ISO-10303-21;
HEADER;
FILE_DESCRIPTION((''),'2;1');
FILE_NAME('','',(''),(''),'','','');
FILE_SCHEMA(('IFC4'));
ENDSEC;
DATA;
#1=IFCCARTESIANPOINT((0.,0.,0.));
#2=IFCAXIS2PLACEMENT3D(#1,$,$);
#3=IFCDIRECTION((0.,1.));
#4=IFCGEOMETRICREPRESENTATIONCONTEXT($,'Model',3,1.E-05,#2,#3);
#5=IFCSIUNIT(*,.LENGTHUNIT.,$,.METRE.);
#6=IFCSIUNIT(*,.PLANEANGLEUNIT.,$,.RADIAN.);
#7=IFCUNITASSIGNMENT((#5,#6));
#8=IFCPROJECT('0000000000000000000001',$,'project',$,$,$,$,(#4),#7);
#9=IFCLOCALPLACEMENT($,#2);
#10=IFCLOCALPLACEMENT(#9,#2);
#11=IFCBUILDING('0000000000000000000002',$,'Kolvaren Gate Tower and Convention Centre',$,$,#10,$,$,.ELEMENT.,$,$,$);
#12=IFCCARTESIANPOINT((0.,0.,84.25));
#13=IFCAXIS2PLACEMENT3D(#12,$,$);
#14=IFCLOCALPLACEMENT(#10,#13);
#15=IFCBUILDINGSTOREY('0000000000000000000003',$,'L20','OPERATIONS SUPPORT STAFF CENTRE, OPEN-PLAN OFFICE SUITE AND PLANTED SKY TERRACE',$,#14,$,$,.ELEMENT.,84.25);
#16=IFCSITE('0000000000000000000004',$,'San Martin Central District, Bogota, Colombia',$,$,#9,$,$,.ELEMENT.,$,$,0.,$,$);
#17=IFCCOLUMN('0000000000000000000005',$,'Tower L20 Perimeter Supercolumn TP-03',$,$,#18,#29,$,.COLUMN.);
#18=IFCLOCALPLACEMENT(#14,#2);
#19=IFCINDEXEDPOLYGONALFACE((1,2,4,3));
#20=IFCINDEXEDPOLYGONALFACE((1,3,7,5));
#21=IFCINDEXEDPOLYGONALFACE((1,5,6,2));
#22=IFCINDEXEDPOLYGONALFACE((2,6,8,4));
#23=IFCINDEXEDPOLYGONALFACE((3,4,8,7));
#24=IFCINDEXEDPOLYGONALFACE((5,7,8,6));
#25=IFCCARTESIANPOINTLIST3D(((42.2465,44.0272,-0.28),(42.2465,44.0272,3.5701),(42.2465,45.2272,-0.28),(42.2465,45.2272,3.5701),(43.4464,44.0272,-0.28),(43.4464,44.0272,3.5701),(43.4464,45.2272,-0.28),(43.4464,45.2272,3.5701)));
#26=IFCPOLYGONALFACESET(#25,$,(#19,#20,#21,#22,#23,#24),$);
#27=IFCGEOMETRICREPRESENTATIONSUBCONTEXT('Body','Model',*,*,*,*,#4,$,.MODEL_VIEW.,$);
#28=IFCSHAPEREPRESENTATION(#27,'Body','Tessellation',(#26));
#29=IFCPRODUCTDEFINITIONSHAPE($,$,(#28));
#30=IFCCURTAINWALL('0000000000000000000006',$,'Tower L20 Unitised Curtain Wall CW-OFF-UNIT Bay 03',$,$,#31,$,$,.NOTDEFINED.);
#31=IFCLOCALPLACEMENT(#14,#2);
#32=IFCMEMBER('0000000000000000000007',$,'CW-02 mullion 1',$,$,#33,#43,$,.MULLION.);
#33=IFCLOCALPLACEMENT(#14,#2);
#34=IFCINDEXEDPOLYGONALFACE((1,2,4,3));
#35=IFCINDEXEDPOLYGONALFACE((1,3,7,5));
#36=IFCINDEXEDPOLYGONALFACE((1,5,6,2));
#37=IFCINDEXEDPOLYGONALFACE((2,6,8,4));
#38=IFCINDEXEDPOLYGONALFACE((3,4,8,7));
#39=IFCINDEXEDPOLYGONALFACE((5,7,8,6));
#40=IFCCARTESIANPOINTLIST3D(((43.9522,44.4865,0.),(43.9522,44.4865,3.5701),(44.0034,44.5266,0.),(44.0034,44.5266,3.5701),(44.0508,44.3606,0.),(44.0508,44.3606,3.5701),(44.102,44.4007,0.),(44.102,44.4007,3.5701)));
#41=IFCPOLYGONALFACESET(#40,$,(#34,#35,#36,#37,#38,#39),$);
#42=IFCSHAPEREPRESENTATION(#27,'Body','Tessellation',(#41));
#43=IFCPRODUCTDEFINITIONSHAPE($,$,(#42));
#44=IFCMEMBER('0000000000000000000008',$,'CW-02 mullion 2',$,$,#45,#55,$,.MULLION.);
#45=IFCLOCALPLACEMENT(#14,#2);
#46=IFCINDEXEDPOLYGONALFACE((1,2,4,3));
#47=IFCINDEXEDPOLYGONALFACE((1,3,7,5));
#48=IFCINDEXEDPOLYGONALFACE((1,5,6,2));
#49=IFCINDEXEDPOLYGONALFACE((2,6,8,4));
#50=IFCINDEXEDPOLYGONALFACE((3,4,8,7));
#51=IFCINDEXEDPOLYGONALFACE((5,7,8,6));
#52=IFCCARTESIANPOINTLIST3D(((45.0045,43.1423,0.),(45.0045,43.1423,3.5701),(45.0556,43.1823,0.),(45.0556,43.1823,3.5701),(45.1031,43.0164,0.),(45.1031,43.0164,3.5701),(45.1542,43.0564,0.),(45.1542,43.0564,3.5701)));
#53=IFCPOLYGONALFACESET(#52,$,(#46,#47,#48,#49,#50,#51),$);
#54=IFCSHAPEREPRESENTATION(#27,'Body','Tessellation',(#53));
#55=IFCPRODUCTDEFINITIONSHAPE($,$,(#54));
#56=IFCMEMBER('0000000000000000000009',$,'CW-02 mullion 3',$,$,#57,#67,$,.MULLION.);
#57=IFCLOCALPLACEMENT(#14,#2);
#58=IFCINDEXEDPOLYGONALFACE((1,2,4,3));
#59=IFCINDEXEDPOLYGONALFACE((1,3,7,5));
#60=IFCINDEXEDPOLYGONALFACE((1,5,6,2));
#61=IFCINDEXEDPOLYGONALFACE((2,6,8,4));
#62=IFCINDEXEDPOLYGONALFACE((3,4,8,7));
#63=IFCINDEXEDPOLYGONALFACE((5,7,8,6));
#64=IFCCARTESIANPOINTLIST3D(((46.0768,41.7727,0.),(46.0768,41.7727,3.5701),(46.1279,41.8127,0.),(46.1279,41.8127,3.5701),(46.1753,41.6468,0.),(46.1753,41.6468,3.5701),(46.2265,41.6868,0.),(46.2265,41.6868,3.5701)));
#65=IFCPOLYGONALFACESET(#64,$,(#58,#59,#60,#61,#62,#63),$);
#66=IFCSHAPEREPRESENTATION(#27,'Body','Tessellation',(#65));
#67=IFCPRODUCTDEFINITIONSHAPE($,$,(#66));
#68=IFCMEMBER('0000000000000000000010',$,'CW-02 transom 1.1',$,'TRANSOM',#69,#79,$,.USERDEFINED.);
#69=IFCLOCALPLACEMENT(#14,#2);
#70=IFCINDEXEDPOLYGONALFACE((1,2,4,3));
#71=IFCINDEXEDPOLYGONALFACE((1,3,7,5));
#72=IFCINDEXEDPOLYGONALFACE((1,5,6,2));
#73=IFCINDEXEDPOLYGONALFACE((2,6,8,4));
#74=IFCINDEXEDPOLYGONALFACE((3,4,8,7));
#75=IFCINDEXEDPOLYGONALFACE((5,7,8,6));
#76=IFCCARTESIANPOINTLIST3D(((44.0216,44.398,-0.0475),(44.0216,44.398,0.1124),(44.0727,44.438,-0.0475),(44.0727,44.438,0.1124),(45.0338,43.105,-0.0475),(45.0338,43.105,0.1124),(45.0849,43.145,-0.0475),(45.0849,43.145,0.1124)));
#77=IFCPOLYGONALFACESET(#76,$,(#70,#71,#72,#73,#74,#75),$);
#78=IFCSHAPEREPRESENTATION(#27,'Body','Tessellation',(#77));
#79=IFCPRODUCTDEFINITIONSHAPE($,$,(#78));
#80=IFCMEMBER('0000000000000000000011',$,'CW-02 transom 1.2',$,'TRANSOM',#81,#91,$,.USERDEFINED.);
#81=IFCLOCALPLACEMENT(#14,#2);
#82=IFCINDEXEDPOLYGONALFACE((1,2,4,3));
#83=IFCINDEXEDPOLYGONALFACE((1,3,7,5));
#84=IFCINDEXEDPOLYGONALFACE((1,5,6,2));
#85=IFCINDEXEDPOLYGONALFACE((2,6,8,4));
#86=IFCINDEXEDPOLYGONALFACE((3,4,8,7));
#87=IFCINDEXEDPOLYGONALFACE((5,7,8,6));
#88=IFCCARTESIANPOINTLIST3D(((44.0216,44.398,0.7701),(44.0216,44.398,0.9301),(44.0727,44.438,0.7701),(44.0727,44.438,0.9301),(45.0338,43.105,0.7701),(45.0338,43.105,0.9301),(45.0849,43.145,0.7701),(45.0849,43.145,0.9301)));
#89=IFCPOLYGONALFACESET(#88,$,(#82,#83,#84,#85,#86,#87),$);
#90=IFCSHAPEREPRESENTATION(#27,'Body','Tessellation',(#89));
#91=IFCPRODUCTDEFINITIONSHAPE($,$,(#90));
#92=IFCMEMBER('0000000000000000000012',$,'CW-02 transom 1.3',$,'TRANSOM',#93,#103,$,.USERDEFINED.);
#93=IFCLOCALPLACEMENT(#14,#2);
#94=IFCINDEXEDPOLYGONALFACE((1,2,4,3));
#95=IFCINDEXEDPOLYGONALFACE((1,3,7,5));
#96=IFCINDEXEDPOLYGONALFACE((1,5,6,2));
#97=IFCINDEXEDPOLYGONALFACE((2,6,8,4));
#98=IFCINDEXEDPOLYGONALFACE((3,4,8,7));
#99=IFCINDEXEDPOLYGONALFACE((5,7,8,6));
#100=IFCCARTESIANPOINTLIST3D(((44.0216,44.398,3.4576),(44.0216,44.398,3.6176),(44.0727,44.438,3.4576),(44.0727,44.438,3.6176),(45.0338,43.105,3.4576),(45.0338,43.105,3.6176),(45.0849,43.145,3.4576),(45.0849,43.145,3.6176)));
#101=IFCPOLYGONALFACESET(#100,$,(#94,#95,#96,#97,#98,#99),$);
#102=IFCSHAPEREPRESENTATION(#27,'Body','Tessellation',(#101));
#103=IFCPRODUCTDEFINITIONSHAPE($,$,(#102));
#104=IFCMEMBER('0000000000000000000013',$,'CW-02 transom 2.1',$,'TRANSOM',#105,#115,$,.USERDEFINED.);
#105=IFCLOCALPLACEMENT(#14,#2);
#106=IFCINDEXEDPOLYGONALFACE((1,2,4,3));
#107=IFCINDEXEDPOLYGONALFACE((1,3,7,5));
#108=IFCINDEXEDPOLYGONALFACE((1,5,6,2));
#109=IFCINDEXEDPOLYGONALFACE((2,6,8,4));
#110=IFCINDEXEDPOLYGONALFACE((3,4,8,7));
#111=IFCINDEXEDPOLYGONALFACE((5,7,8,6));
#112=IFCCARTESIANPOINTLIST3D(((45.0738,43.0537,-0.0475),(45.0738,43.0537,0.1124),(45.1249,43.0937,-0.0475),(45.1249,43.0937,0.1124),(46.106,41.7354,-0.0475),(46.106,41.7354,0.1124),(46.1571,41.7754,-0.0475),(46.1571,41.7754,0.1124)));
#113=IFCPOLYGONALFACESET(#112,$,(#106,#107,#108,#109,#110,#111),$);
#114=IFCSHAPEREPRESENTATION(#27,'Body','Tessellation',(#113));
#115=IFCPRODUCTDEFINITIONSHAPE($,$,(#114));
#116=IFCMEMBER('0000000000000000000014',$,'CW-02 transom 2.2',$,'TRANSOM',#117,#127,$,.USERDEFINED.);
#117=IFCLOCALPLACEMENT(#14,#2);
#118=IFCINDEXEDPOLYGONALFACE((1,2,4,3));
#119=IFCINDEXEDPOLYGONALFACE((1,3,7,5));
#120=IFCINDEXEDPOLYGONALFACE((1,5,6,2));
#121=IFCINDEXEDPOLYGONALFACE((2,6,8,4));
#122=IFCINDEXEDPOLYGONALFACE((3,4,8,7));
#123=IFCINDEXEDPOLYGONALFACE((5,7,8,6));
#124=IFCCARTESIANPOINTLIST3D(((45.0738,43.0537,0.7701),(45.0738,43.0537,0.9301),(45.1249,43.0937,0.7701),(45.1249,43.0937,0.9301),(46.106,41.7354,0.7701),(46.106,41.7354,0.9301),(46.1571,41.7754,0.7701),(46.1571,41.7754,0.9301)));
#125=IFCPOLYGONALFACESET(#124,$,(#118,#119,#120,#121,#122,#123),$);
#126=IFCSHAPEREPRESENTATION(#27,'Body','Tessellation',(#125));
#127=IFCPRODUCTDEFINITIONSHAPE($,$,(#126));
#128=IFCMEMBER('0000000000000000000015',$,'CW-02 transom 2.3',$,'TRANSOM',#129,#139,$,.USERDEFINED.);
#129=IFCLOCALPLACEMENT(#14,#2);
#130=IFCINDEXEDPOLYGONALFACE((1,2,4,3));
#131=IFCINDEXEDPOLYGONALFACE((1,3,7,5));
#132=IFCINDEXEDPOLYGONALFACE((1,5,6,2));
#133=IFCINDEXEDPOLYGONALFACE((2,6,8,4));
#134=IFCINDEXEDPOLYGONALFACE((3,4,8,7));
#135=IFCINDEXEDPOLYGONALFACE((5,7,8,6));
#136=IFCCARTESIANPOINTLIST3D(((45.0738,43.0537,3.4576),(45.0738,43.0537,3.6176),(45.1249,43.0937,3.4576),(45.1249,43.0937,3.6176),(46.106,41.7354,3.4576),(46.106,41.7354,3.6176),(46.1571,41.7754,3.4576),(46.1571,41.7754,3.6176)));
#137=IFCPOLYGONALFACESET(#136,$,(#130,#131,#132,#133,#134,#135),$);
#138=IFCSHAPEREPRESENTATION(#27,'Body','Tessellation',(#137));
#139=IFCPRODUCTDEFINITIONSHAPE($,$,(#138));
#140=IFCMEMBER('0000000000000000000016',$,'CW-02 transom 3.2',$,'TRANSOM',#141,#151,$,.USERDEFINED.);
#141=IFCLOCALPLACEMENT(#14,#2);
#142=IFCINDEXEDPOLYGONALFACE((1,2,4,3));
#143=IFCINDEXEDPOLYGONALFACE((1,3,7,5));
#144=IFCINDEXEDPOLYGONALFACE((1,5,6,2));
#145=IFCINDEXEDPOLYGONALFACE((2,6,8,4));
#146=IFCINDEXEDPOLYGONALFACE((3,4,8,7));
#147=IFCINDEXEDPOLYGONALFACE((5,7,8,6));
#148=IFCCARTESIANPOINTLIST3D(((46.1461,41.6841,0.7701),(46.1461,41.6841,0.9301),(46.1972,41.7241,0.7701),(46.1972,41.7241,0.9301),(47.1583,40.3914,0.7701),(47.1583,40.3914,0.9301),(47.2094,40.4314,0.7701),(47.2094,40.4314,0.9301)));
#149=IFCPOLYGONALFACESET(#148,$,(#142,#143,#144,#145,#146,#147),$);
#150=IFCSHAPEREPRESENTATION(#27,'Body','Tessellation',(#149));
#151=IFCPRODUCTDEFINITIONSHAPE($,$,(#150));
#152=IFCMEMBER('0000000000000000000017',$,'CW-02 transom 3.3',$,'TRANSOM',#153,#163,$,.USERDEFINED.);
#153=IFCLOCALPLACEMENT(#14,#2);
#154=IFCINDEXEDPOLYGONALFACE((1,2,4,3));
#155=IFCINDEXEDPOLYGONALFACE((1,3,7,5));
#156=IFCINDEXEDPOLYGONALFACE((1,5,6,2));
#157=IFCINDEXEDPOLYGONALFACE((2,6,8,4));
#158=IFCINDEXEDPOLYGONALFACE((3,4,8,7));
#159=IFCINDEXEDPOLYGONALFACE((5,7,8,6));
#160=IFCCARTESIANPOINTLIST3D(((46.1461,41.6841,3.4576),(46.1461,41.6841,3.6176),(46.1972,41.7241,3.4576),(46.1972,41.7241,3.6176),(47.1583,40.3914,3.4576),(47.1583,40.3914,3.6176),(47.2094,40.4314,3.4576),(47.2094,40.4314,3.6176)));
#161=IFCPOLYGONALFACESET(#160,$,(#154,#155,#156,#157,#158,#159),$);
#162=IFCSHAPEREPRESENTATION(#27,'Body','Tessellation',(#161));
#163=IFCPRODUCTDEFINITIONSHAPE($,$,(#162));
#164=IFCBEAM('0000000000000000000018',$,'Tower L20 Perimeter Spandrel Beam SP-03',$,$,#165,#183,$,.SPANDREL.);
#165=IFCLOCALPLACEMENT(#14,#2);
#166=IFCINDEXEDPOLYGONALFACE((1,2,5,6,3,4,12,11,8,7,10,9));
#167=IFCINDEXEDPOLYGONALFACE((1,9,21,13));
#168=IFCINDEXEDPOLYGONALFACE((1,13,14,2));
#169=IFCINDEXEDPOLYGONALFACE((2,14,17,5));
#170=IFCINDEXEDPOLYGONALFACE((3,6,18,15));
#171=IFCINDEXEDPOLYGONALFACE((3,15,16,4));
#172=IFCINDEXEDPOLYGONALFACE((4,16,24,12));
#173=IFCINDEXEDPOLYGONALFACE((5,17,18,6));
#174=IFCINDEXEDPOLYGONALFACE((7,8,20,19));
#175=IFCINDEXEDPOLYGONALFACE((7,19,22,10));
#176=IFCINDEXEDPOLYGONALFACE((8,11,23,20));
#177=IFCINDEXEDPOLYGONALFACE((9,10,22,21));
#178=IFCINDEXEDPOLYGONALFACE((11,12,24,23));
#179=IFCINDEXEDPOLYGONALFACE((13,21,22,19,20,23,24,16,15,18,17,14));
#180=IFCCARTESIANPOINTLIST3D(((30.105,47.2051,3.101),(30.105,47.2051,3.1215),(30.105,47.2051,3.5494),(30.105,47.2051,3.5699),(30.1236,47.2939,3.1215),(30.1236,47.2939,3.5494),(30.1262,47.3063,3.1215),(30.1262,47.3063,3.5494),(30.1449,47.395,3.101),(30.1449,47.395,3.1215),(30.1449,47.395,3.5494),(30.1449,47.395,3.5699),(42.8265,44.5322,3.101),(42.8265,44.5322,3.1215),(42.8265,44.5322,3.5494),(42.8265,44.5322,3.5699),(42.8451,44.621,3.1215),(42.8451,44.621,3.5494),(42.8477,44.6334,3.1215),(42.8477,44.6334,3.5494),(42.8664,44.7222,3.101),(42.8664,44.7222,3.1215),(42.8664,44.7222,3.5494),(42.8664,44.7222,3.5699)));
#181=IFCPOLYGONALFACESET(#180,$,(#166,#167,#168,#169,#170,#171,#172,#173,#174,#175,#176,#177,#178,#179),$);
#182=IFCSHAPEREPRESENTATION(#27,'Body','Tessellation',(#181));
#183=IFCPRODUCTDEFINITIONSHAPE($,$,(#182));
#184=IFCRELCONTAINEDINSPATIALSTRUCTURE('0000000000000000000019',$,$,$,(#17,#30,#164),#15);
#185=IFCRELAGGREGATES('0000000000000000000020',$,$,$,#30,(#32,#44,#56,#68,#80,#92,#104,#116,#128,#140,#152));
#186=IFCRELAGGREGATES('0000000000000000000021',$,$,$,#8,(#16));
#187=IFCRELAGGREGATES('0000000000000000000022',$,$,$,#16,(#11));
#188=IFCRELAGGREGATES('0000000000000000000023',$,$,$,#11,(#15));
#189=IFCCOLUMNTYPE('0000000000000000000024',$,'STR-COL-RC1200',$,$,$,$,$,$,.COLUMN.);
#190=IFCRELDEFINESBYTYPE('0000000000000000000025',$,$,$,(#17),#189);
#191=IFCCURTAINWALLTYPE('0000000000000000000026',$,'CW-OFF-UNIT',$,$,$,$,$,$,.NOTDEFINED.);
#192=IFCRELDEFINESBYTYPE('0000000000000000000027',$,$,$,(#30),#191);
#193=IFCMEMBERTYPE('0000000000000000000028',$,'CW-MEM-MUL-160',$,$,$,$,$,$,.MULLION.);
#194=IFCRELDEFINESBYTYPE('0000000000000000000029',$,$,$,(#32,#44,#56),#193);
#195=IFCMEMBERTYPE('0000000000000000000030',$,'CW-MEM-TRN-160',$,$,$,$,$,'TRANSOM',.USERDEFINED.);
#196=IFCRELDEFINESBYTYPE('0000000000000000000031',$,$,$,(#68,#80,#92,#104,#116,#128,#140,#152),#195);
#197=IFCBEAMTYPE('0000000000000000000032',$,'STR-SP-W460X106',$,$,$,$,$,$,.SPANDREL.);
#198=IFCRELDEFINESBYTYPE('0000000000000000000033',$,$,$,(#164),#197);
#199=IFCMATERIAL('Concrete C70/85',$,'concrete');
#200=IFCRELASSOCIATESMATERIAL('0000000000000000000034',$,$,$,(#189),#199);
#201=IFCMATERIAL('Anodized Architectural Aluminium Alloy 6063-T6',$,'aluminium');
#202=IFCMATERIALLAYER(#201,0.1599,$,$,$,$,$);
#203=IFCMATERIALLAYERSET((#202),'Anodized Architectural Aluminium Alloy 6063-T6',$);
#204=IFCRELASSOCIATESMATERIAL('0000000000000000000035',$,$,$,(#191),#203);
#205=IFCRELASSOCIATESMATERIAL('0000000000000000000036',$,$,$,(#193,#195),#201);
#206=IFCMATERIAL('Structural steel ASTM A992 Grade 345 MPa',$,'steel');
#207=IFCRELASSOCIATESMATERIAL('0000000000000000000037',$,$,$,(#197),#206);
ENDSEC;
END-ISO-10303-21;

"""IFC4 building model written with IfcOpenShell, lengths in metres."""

from ifc_helpers import new_model, si_unit, direction, frame, origin, origin_2d, place, context, subcontext, project, spatial, rectangle, i_section, extrude, material, layer, layer_set, material_profile, profile_set, type_object, element, aggregate, save


model = new_model("IFC4")

# Units and contexts
model_context = context("Model", 3, precision=1e-05, world=origin(), true_north=direction((0.0, 1.0)))
body_context = subcontext(model_context, "Body", "Model", "MODEL_VIEW")
ifc_project = project(units=[si_unit("LENGTHUNIT", "METRE"), si_unit("PLANEANGLEUNIT", "RADIAN")], contexts=[model_context])

# Site, building, storey
site_placement = place(None, origin())
site = spatial("IfcSite", under=ifc_project, at=site_placement, Name="San Martin Central District, Bogota, Colombia", CompositionType="ELEMENT", RefElevation=0.0)
building_placement = place(site_placement, origin())
building = spatial("IfcBuilding", under=site, at=building_placement, Name="Kolvaren Gate Tower and Convention Centre", CompositionType="ELEMENT")
storey_placement = place(building_placement, frame((0.0, 0.0, 84.25)))
storey = spatial("IfcBuildingStorey", under=building, at=storey_placement, Name="L20", Description="OPERATIONS SUPPORT STAFF CENTRE, OPEN-PLAN OFFICE SUITE AND PLANTED SKY TERRACE", CompositionType="ELEMENT", Elevation=84.25)

# Column
ifc_material_1 = material(Name="Concrete C70/85", Category="concrete")
ifc_material_profile_1 = material_profile(ifc_material_1, rectangle(XDim=1.2, YDim=1.2, at=origin_2d()), Name="RC-COL-1200X1200")
ifc_profile_set_1 = profile_set([ifc_material_profile_1], Name="Concrete C70/85")
column_type = type_object("IfcColumnType", Name="STR-COL-RC1200", PredefinedType="COLUMN", material=ifc_profile_set_1)
column_placement = place(storey_placement, frame((42.8464, 44.6272, -0.28), z_axis=(0.0, 0.0, 1.0), x_axis=(1.0, 0.0, 0.0)))
element("IfcColumn", 1, at=column_placement, inside=storey, type_object=column_type, Name="Tower L20 Perimeter Supercolumn TP-03", PredefinedType="COLUMN", context=body_context, shape_type="SweptSolid", body=[
    extrude(rectangle(XDim=1.2, YDim=1.2, at=origin_2d()), origin(), (0.0, 0.0, 1.0), 3.8501),
])

# Curtain wall, members
ifc_material_2 = material(Name="Anodized Architectural Aluminium Alloy 6063-T6", Category="aluminium")
ifc_layer_1 = layer(ifc_material_2, 0.1599)
ifc_layer_set_1 = layer_set([ifc_layer_1], Name="Anodized Architectural Aluminium Alloy 6063-T6")
curtain_wall_type = type_object("IfcCurtainWallType", Name="CW-OFF-UNIT", PredefinedType="NOTDEFINED", material=ifc_layer_set_1)
curtain_wall_placement = place(storey_placement, origin())
curtain_wall = element("IfcCurtainWall", 2, at=curtain_wall_placement, inside=storey, type_object=curtain_wall_type, Name="Tower L20 Unitised Curtain Wall CW-OFF-UNIT Bay 03", PredefinedType="NOTDEFINED")
ifc_material_profile_2 = material_profile(ifc_material_2, rectangle(XDim=0.0649, YDim=0.1599, at=origin_2d()), Name="CW-MEM-MUL-160")
ifc_profile_set_2 = profile_set([ifc_material_profile_2], Name="Anodized Architectural Aluminium Alloy 6063-T6")
member_type_1 = type_object("IfcMemberType", Name="CW-MEM-MUL-160", PredefinedType="MULLION", material=ifc_profile_set_2)
member_1_placement = place(storey_placement, frame((44.0271, 44.4436, 0.0), z_axis=(0.0, 0.0, 1.0), x_axis=(0.787406, 0.616434, 0.0)))
member_1 = element("IfcMember", 3, at=member_1_placement, type_object=member_type_1, Name="CW-02 mullion 1", PredefinedType="MULLION", context=body_context, shape_type="SweptSolid", body=[
    extrude(rectangle(XDim=0.0649, YDim=0.1599, at=origin_2d()), origin(), (0.0, 0.0, 1.0), 3.5701),
])
member_2_placement = place(storey_placement, frame((45.0793, 43.0994, 0.0), z_axis=(0.0, 0.0, 1.0), x_axis=(0.787406, 0.616434, 0.0)))
member_2 = element("IfcMember", 4, at=member_2_placement, type_object=member_type_1, Name="CW-02 mullion 2", PredefinedType="MULLION", context=body_context, shape_type="SweptSolid", body=[
    extrude(rectangle(XDim=0.0649, YDim=0.1599, at=origin_2d()), origin(), (0.0, 0.0, 1.0), 3.5701),
])
member_3_placement = place(storey_placement, frame((46.1516, 41.7297, 0.0), z_axis=(0.0, 0.0, 1.0), x_axis=(0.787406, 0.616434, 0.0)))
member_3 = element("IfcMember", 5, at=member_3_placement, type_object=member_type_1, Name="CW-02 mullion 3", PredefinedType="MULLION", context=body_context, shape_type="SweptSolid", body=[
    extrude(rectangle(XDim=0.0649, YDim=0.1599, at=origin_2d()), origin(), (0.0, 0.0, 1.0), 3.5701),
])
ifc_material_profile_3 = material_profile(ifc_material_2, rectangle(XDim=0.0649, YDim=0.1599, at=origin_2d()), Name="CW-MEM-TRN-160")
ifc_profile_set_3 = profile_set([ifc_material_profile_3], Name="Anodized Architectural Aluminium Alloy 6063-T6")
member_type_2 = type_object("IfcMemberType", Name="CW-MEM-TRN-160", ElementType="TRANSOM", PredefinedType="USERDEFINED", material=ifc_profile_set_3)
member_4_placement = place(storey_placement, frame((44.0471, 44.418, 0.0325), z_axis=(0.616429, -0.787411, 0.0), x_axis=(0.787411, 0.616429, 0.0)))
member_4 = element("IfcMember", 6, at=member_4_placement, type_object=member_type_2, Name="CW-02 transom 1.1", ObjectType="TRANSOM", PredefinedType="USERDEFINED", context=body_context, shape_type="SweptSolid", body=[
    extrude(rectangle(XDim=0.0649, YDim=0.1599, at=origin_2d()), origin(), (0.0, 0.0, 1.0), 1.6421),
])
member_5_placement = place(storey_placement, frame((44.0471, 44.418, 0.8501), z_axis=(0.616429, -0.787411, 0.0), x_axis=(0.787411, 0.616429, 0.0)))
member_5 = element("IfcMember", 7, at=member_5_placement, type_object=member_type_2, Name="CW-02 transom 1.2", ObjectType="TRANSOM", PredefinedType="USERDEFINED", context=body_context, shape_type="SweptSolid", body=[
    extrude(rectangle(XDim=0.0649, YDim=0.1599, at=origin_2d()), origin(), (0.0, 0.0, 1.0), 1.6421),
])
member_6_placement = place(storey_placement, frame((44.0471, 44.418, 3.5376), z_axis=(0.616429, -0.787411, 0.0), x_axis=(0.787411, 0.616429, 0.0)))
member_6 = element("IfcMember", 8, at=member_6_placement, type_object=member_type_2, Name="CW-02 transom 1.3", ObjectType="TRANSOM", PredefinedType="USERDEFINED", context=body_context, shape_type="SweptSolid", body=[
    extrude(rectangle(XDim=0.0649, YDim=0.1599, at=origin_2d()), origin(), (0.0, 0.0, 1.0), 1.6421),
])
member_7_placement = place(storey_placement, frame((45.0994, 43.0737, 0.0325), z_axis=(0.616481, -0.78737, 0.0), x_axis=(0.78737, 0.616481, 0.0)))
member_7 = element("IfcMember", 9, at=member_7_placement, type_object=member_type_2, Name="CW-02 transom 2.1", ObjectType="TRANSOM", PredefinedType="USERDEFINED", context=body_context, shape_type="SweptSolid", body=[
    extrude(rectangle(XDim=0.0649, YDim=0.1599, at=origin_2d()), origin(), (0.0, 0.0, 1.0), 1.6743),
])
member_8_placement = place(storey_placement, frame((45.0994, 43.0737, 0.8501), z_axis=(0.616481, -0.78737, 0.0), x_axis=(0.78737, 0.616481, 0.0)))
member_8 = element("IfcMember", 10, at=member_8_placement, type_object=member_type_2, Name="CW-02 transom 2.2", ObjectType="TRANSOM", PredefinedType="USERDEFINED", context=body_context, shape_type="SweptSolid", body=[
    extrude(rectangle(XDim=0.0649, YDim=0.1599, at=origin_2d()), origin(), (0.0, 0.0, 1.0), 1.6743),
])
member_9_placement = place(storey_placement, frame((45.0994, 43.0737, 3.5376), z_axis=(0.616481, -0.78737, 0.0), x_axis=(0.78737, 0.616481, 0.0)))
member_9 = element("IfcMember", 11, at=member_9_placement, type_object=member_type_2, Name="CW-02 transom 2.3", ObjectType="TRANSOM", PredefinedType="USERDEFINED", context=body_context, shape_type="SweptSolid", body=[
    extrude(rectangle(XDim=0.0649, YDim=0.1599, at=origin_2d()), origin(), (0.0, 0.0, 1.0), 1.6743),
])
member_10_placement = place(storey_placement, frame((46.1716, 41.7041, 0.8501), z_axis=(0.616501, -0.787354, 0.0), x_axis=(0.787354, 0.616501, 0.0)))
member_10 = element("IfcMember", 12, at=member_10_placement, type_object=member_type_2, Name="CW-02 transom 3.2", ObjectType="TRANSOM", PredefinedType="USERDEFINED", context=body_context, shape_type="SweptSolid", body=[
    extrude(rectangle(XDim=0.0649, YDim=0.1599, at=origin_2d()), origin(), (0.0, 0.0, 1.0), 1.6418),
])
member_11_placement = place(storey_placement, frame((46.1716, 41.7041, 3.5376), z_axis=(0.616501, -0.787354, 0.0), x_axis=(0.787354, 0.616501, 0.0)))
member_11 = element("IfcMember", 13, at=member_11_placement, type_object=member_type_2, Name="CW-02 transom 3.3", ObjectType="TRANSOM", PredefinedType="USERDEFINED", context=body_context, shape_type="SweptSolid", body=[
    extrude(rectangle(XDim=0.0649, YDim=0.1599, at=origin_2d()), origin(), (0.0, 0.0, 1.0), 1.6418),
])

# Beam
ifc_material_3 = material(Name="Structural steel ASTM A992 Grade 345 MPa", Category="steel")
ifc_material_profile_4 = material_profile(ifc_material_3, i_section(OverallWidth=0.1941, OverallDepth=0.469, WebThickness=0.0127, FlangeThickness=0.0205, at=origin_2d()), Name="W460X106")
ifc_profile_set_4 = profile_set([ifc_material_profile_4], Name="Structural steel ASTM A992 Grade 345 MPa")
beam_type = type_object("IfcBeamType", Name="STR-SP-W460X106", PredefinedType="SPANDREL", material=ifc_profile_set_4)
beam_placement = place(storey_placement, frame((42.8464, 44.6272, 3.3354), z_axis=(-0.978633, 0.205617, 0.0), x_axis=(-0.205617, -0.978633, 0.0)))
element("IfcBeam", 14, at=beam_placement, inside=storey, type_object=beam_type, Name="Tower L20 Perimeter Spandrel Beam SP-03", PredefinedType="SPANDREL", context=body_context, shape_type="SweptSolid", body=[
    extrude(i_section(OverallWidth=0.1941, OverallDepth=0.469, WebThickness=0.0127, FlangeThickness=0.0205, at=origin_2d()), origin(), (0.0, 0.0, 1.0), 12.9993),
])

aggregate(curtain_wall, [member_1, member_2, member_3, member_4, member_5, member_6, member_7, member_8, member_9, member_10, member_11])

save(model, "model.ifc")
